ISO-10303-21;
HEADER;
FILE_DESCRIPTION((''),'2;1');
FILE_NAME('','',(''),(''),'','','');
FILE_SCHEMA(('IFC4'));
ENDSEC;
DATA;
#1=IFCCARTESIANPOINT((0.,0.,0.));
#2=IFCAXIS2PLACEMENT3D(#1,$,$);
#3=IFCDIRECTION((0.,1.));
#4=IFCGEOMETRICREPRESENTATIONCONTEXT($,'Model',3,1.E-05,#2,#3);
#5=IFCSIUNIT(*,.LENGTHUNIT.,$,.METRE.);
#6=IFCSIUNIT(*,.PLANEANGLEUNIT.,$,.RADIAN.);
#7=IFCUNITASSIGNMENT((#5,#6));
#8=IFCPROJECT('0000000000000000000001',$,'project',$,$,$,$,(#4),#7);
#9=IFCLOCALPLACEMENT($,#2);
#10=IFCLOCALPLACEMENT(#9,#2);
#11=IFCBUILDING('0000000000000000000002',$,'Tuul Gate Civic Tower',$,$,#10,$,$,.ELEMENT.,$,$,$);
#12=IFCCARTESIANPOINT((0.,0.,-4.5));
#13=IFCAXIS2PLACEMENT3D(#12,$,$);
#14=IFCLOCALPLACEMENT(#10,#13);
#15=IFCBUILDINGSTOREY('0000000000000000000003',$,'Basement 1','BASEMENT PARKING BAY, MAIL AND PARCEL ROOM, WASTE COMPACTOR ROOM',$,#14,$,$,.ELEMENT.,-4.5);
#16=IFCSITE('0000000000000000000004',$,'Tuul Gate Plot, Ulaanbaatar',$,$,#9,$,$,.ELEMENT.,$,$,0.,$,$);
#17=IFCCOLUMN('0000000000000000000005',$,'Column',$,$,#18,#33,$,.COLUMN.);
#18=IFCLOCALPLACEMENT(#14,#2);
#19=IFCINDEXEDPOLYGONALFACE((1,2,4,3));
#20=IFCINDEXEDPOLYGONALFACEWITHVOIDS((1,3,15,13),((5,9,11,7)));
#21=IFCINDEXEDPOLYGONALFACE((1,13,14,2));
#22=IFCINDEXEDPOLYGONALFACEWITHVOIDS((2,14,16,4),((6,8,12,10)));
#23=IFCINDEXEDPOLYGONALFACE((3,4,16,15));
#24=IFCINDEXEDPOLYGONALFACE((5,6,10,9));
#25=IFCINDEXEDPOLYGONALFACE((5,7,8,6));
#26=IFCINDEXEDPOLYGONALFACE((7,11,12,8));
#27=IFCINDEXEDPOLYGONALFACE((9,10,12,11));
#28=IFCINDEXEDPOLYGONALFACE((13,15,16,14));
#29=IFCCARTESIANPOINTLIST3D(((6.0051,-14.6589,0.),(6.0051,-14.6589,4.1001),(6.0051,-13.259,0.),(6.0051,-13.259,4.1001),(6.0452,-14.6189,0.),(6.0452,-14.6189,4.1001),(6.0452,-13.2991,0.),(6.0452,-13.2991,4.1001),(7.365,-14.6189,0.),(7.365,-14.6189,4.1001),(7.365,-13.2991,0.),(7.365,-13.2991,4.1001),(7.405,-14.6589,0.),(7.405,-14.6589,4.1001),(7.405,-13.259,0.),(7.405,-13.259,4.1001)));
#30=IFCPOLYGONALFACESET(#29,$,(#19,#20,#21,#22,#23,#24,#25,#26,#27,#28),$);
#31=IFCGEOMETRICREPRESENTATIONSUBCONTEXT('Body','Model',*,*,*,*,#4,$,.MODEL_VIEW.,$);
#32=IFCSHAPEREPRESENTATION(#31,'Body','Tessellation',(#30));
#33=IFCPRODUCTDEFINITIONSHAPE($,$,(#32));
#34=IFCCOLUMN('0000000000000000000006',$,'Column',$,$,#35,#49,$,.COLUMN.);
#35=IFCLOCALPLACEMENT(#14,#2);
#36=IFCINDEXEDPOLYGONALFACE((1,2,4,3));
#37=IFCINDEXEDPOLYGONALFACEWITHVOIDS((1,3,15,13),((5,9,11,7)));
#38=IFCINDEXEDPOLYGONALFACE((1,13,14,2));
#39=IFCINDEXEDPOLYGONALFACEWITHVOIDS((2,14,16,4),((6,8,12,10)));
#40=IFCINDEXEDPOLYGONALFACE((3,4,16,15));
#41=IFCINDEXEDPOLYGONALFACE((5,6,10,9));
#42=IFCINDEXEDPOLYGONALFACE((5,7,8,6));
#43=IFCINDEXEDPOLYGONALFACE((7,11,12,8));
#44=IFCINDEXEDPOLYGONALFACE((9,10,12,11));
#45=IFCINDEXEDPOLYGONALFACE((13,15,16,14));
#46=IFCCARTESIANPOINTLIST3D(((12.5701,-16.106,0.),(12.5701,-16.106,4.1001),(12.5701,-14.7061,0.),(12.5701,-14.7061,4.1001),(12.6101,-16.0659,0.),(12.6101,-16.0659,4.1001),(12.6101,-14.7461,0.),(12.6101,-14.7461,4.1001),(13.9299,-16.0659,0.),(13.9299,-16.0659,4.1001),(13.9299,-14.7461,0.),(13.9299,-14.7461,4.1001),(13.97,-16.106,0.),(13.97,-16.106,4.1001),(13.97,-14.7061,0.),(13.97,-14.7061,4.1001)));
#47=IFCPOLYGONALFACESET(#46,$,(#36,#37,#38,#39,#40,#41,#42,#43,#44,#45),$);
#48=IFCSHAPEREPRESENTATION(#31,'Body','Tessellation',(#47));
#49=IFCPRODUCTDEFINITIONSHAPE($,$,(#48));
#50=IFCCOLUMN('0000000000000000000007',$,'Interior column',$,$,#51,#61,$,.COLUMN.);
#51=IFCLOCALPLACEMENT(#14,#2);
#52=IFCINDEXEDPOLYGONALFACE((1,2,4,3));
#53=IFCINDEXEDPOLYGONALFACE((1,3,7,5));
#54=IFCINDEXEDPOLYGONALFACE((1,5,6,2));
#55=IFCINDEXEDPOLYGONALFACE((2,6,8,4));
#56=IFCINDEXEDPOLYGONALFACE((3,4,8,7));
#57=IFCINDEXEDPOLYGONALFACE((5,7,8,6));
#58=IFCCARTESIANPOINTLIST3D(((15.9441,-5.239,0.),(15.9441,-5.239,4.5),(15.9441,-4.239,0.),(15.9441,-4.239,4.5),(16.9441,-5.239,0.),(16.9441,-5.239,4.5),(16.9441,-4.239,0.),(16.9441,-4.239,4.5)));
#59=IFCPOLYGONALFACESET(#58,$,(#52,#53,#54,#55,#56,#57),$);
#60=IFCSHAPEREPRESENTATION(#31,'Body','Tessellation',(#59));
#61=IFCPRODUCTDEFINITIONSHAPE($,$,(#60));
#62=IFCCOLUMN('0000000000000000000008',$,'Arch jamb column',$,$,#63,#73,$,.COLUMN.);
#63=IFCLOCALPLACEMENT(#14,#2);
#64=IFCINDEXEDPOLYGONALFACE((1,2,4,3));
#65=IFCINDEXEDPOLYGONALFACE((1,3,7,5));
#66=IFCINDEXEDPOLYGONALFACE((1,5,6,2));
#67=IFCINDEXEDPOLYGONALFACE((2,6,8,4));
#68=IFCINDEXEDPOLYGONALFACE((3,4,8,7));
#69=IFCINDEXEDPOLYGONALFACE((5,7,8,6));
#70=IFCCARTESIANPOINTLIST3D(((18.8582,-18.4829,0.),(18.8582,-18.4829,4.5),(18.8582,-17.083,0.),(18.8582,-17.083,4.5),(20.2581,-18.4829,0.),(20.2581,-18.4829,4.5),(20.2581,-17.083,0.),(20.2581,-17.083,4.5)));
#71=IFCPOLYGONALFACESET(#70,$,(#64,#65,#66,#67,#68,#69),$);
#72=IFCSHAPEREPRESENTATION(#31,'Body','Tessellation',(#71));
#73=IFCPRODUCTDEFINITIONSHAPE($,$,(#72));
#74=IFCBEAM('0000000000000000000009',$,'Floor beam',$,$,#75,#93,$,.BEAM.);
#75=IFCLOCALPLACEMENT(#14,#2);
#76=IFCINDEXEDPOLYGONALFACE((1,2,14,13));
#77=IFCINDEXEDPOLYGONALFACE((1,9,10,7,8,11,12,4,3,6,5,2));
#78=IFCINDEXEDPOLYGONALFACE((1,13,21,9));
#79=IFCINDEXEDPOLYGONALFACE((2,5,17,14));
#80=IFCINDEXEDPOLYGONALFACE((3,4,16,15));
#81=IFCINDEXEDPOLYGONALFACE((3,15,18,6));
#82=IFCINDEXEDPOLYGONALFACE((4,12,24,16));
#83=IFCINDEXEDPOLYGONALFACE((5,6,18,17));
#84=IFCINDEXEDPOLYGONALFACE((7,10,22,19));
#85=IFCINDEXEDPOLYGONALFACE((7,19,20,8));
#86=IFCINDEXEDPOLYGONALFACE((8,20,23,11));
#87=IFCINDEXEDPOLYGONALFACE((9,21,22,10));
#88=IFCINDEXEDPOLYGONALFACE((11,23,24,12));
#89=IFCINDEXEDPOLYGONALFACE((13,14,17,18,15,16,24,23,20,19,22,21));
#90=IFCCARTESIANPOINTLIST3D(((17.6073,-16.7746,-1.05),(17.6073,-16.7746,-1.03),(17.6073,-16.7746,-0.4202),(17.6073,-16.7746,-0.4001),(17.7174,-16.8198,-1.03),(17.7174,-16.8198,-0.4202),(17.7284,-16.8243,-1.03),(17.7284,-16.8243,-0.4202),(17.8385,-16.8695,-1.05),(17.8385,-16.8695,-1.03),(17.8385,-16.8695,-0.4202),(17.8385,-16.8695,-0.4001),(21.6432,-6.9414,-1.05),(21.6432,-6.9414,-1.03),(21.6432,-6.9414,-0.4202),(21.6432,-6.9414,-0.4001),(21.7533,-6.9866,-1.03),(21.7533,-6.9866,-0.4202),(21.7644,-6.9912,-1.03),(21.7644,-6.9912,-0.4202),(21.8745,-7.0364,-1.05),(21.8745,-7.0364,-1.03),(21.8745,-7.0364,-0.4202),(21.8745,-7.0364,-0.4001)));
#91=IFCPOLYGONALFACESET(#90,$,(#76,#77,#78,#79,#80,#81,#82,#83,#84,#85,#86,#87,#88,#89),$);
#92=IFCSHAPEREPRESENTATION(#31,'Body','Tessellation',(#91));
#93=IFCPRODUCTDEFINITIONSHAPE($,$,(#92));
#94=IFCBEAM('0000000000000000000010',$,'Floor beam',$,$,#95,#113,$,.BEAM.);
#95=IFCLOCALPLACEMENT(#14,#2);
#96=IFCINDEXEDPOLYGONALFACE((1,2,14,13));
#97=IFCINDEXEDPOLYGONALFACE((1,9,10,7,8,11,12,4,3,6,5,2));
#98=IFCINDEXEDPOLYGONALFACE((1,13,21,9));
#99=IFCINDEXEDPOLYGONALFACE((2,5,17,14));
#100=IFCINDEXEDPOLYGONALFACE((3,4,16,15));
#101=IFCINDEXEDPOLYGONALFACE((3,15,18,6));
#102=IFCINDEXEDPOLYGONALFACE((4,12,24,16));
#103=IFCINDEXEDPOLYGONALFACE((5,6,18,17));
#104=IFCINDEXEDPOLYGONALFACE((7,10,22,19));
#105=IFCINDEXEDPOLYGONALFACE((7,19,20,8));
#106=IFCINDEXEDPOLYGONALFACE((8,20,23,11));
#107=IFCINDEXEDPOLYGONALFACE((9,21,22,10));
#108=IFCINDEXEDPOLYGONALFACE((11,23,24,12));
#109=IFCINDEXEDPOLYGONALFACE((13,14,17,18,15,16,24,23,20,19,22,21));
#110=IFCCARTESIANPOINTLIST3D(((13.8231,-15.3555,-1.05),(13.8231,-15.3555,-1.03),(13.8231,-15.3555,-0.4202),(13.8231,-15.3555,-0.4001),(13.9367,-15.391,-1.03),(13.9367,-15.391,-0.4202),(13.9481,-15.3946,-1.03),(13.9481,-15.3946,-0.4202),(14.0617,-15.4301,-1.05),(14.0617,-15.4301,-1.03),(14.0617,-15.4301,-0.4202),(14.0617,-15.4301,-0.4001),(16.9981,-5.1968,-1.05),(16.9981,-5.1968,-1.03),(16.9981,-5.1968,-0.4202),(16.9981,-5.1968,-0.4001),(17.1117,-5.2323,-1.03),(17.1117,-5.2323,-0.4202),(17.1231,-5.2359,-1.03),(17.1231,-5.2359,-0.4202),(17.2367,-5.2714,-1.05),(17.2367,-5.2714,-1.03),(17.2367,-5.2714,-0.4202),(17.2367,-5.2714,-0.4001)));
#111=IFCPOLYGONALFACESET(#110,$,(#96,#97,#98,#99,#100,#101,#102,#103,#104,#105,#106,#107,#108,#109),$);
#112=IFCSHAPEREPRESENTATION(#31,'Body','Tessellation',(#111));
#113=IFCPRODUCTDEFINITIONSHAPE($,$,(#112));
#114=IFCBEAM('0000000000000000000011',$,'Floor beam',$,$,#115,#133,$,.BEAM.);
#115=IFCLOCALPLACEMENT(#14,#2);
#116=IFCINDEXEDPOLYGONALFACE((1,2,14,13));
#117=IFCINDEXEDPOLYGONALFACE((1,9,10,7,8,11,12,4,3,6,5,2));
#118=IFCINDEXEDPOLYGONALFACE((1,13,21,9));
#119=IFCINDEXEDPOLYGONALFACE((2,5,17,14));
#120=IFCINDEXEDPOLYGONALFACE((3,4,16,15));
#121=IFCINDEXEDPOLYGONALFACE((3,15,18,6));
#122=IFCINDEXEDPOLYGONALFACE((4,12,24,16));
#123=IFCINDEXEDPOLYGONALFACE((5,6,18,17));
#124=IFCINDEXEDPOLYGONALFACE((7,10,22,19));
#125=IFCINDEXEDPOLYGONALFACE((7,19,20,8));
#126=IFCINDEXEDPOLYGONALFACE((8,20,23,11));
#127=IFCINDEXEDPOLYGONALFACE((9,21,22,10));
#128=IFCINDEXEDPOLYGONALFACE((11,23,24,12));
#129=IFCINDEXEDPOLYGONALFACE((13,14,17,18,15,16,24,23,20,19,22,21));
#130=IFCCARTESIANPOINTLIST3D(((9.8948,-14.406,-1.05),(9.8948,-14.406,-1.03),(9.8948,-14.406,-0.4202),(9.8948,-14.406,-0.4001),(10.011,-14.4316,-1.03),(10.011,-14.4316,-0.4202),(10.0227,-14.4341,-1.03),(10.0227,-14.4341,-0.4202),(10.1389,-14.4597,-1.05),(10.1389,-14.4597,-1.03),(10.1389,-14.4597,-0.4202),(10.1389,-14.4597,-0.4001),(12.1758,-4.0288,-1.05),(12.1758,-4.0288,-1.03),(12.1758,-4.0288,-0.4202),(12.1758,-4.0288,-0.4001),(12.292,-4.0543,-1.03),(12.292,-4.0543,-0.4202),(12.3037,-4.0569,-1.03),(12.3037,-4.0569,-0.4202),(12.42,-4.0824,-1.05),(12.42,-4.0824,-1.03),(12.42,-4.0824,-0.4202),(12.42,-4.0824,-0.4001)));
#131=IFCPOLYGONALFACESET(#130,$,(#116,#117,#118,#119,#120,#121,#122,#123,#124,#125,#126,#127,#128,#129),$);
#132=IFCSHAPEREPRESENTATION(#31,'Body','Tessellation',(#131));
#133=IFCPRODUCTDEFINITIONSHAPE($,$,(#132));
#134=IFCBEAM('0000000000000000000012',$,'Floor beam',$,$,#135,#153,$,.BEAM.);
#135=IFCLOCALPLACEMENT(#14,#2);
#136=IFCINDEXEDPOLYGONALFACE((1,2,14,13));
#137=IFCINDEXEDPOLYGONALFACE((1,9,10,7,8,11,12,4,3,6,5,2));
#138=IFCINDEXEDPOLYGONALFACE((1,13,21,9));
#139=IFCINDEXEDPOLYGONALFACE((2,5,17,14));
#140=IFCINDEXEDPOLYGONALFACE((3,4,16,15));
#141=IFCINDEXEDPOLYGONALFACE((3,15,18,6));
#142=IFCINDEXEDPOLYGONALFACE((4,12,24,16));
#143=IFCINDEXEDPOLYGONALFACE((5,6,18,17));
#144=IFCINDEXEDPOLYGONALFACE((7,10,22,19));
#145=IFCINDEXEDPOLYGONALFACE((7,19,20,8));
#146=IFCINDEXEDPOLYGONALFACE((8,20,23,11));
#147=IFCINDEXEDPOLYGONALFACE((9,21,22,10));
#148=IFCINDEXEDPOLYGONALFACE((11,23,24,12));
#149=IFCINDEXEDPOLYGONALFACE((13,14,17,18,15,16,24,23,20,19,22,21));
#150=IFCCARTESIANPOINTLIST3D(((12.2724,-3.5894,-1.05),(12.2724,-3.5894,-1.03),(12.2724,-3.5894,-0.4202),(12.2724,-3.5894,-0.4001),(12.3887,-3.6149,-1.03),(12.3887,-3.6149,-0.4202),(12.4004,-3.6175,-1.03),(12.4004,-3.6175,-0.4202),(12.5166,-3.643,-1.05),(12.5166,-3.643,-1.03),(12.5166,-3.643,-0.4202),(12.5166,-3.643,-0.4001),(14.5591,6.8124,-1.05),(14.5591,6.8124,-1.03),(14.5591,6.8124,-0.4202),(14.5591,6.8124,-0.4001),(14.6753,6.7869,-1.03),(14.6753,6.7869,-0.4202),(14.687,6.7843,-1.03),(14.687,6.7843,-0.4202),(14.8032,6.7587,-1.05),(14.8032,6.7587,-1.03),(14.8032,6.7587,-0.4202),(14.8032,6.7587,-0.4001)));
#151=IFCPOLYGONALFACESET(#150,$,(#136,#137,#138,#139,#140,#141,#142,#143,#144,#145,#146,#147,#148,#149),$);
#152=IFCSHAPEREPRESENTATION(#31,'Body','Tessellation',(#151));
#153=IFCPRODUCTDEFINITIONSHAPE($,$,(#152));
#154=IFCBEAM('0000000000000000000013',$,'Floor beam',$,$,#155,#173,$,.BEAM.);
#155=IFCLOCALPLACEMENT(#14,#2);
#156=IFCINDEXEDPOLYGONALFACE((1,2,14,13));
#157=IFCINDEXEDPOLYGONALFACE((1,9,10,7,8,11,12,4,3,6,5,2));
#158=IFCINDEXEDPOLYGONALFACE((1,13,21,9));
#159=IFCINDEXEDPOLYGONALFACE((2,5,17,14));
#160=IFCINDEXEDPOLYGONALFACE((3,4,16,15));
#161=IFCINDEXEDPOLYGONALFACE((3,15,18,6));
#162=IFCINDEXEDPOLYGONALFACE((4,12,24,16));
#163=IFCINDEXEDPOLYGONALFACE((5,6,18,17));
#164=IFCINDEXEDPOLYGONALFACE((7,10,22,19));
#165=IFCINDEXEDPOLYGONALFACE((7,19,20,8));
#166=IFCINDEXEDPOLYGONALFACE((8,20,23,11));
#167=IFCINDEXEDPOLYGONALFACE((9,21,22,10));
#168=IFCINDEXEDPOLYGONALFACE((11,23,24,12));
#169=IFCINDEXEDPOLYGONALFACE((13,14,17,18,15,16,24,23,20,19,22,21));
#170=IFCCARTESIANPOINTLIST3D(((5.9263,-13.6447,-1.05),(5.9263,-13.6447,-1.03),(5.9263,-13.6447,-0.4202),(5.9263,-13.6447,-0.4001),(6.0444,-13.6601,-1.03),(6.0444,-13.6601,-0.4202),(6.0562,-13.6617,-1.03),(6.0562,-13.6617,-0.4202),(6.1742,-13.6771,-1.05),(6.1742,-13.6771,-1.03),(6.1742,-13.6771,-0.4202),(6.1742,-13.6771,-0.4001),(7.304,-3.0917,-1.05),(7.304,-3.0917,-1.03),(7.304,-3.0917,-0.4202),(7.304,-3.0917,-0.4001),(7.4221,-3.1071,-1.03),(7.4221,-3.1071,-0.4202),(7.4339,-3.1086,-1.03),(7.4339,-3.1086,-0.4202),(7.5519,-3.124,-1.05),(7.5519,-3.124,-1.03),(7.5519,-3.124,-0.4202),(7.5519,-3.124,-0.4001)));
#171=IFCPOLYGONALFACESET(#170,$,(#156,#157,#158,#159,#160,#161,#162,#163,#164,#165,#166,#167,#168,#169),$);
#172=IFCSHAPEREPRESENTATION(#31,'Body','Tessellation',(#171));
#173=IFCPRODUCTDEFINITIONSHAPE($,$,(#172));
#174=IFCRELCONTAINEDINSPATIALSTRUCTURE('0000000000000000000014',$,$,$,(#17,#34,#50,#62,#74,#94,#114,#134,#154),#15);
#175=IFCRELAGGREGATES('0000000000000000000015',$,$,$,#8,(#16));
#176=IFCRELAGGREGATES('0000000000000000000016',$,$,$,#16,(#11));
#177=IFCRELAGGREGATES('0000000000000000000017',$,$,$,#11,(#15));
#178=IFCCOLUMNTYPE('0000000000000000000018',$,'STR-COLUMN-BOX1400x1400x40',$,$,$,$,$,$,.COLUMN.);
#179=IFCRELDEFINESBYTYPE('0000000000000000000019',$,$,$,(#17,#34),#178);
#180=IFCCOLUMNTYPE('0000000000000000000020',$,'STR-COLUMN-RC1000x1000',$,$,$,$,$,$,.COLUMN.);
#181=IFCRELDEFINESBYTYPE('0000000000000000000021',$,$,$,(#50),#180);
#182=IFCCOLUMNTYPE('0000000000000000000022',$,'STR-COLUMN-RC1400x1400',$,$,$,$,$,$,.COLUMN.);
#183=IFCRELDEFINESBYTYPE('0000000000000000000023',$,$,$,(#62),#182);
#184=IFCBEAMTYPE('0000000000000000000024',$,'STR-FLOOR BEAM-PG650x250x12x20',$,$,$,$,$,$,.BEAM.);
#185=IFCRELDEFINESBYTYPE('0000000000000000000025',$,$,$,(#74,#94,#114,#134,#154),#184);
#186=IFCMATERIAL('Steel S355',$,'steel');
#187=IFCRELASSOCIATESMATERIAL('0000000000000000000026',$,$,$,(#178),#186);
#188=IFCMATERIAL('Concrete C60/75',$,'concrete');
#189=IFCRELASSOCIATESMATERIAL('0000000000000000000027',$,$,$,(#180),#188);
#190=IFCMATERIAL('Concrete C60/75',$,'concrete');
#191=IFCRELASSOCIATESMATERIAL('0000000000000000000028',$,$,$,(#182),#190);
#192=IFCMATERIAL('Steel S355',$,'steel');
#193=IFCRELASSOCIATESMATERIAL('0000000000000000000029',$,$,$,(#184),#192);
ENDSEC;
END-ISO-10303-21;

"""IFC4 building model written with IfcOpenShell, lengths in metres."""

from ifc_helpers import new_model, si_unit, direction, frame, origin, origin_2d, place, context, subcontext, project, spatial, rectangle, hollow_rectangle, i_section, extrude, material, material_profile, profile_set, type_object, element, save


model = new_model("IFC4")

# Units and contexts
model_context = context("Model", 3, precision=1e-05, world=origin(), true_north=direction((0.0, 1.0)))
body_context = subcontext(model_context, "Body", "Model", "MODEL_VIEW")
ifc_project = project(units=[si_unit("LENGTHUNIT", "METRE"), si_unit("PLANEANGLEUNIT", "RADIAN")], contexts=[model_context])

# Site, building, storey
site_placement = place(None, origin())
site = spatial("IfcSite", under=ifc_project, at=site_placement, Name="Tuul Gate Plot, Ulaanbaatar", CompositionType="ELEMENT", RefElevation=0.0)
building_placement = place(site_placement, origin())
building = spatial("IfcBuilding", under=site, at=building_placement, Name="Tuul Gate Civic Tower", CompositionType="ELEMENT")
storey_placement = place(building_placement, frame((0.0, 0.0, -4.5)))
storey = spatial("IfcBuildingStorey", under=building, at=storey_placement, Name="Basement 1", Description="BASEMENT PARKING BAY, MAIL AND PARCEL ROOM, WASTE COMPACTOR ROOM", CompositionType="ELEMENT", Elevation=-4.5)

# Columns
ifc_material_1 = material(Name="Steel S355", Category="steel")
ifc_material_profile_1 = material_profile(ifc_material_1, hollow_rectangle(XDim=1.3999, YDim=1.3999, WallThickness=0.04, at=origin_2d()), Name="BOX1400x1400x40")
ifc_profile_set_1 = profile_set([ifc_material_profile_1], Name="Steel S355")
column_type_1 = type_object("IfcColumnType", Name="STR-COLUMN-BOX1400x1400x40", PredefinedType="COLUMN", material=ifc_profile_set_1)
for number, where, z_axis, x_axis, name in (
    (1, (6.7051, -13.959, 0.0), (0.0, 0.0, 1.0), (1.0, 0.0, 0.0), "Column"),
    (2, (13.27, -15.406, 0.0), (0.0, 0.0, 1.0), (1.0, 0.0, 0.0), "Column"),
):
    element("IfcColumn", number, at=place(storey_placement, frame(where, z_axis=z_axis, x_axis=x_axis)), inside=storey, type_object=column_type_1, Name=name, PredefinedType="COLUMN", context=body_context, shape_type="SweptSolid", body=[
        extrude(hollow_rectangle(XDim=1.3999, YDim=1.3999, WallThickness=0.04, at=origin_2d()), origin(), (0.0, 0.0, 1.0), 4.1001),
    ])
ifc_material_2 = material(Name="Concrete C60/75", Category="concrete")
ifc_material_profile_2 = material_profile(ifc_material_2, rectangle(XDim=1.0, YDim=1.0, at=origin_2d()), Name="RC1000x1000")
ifc_profile_set_2 = profile_set([ifc_material_profile_2], Name="Concrete C60/75")
column_type_2 = type_object("IfcColumnType", Name="STR-COLUMN-RC1000x1000", PredefinedType="COLUMN", material=ifc_profile_set_2)
column_1_placement = place(storey_placement, frame((16.4441, -4.739, 0.0), z_axis=(0.0, 0.0, 1.0), x_axis=(1.0, 0.0, 0.0)))
element("IfcColumn", 3, at=column_1_placement, inside=storey, type_object=column_type_2, Name="Interior column", PredefinedType="COLUMN", context=body_context, shape_type="SweptSolid", body=[
    extrude(rectangle(XDim=1.0, YDim=1.0, at=origin_2d()), origin(), (0.0, 0.0, 1.0), 4.5),
])
ifc_material_3 = material(Name="Concrete C60/75", Category="concrete")
ifc_material_profile_3 = material_profile(ifc_material_3, rectangle(XDim=1.3999, YDim=1.3999, at=origin_2d()), Name="RC1400x1400")
ifc_profile_set_3 = profile_set([ifc_material_profile_3], Name="Concrete C60/75")
column_type_3 = type_object("IfcColumnType", Name="STR-COLUMN-RC1400x1400", PredefinedType="COLUMN", material=ifc_profile_set_3)
column_2_placement = place(storey_placement, frame((19.5581, -17.783, 0.0), z_axis=(0.0, 0.0, 1.0), x_axis=(1.0, 0.0, 0.0)))
element("IfcColumn", 4, at=column_2_placement, inside=storey, type_object=column_type_3, Name="Arch jamb column", PredefinedType="COLUMN", context=body_context, shape_type="SweptSolid", body=[
    extrude(rectangle(XDim=1.3999, YDim=1.3999, at=origin_2d()), origin(), (0.0, 0.0, 1.0), 4.5),
])

# Beams
ifc_material_4 = material(Name="Steel S355", Category="steel")
ifc_material_profile_4 = material_profile(ifc_material_4, i_section(OverallWidth=0.25, OverallDepth=0.6499, WebThickness=0.012, FlangeThickness=0.02, at=origin_2d()), Name="PG650x250x12x20")
ifc_profile_set_4 = profile_set([ifc_material_profile_4], Name="Steel S355")
beam_type_1 = type_object("IfcBeamType", Name="STR-FLOOR BEAM-PG650x250x12x20", PredefinedType="BEAM", material=ifc_profile_set_4)
beam_1_placement = place(storey_placement, frame((17.7229, -16.822, -0.7251), z_axis=(0.379704, 0.925108, 0.0), x_axis=(-0.925108, 0.379704, 0.0)))
element("IfcBeam", 5, at=beam_1_placement, inside=storey, type_object=beam_type_1, Name="Floor beam", PredefinedType="BEAM", context=body_context, shape_type="SweptSolid", body=[
    extrude(i_section(OverallWidth=0.25, OverallDepth=0.6499, WebThickness=0.012, FlangeThickness=0.02, at=origin_2d()), origin(), (0.0, 0.0, 1.0), 10.6292),
])
beam_2_placement = place(storey_placement, frame((13.9424, -15.3928, -0.7251), z_axis=(0.298314, 0.954468, 0.0), x_axis=(-0.954468, 0.298314, 0.0)))
element("IfcBeam", 6, at=beam_2_placement, inside=storey, type_object=beam_type_1, Name="Floor beam", PredefinedType="BEAM", context=body_context, shape_type="SweptSolid", body=[
    extrude(i_section(OverallWidth=0.25, OverallDepth=0.6499, WebThickness=0.012, FlangeThickness=0.02, at=origin_2d()), origin(), (0.0, 0.0, 1.0), 10.6433),
])
beam_3_placement = place(storey_placement, frame((10.0168, -14.4329, -0.7251), z_axis=(0.214684, 0.976684, 0.0), x_axis=(-0.976684, 0.214684, 0.0)))
element("IfcBeam", 7, at=beam_3_placement, inside=storey, type_object=beam_type_1, Name="Floor beam", PredefinedType="BEAM", context=body_context, shape_type="SweptSolid", body=[
    extrude(i_section(OverallWidth=0.25, OverallDepth=0.6499, WebThickness=0.012, FlangeThickness=0.02, at=origin_2d()), origin(), (0.0, 0.0, 1.0), 10.625),
])
beam_4_placement = place(storey_placement, frame((12.3945, -3.6162, -0.7251), z_axis=(0.214702, 0.97668, 0.0), x_axis=(-0.97668, 0.214702, 0.0)))
element("IfcBeam", 8, at=beam_4_placement, inside=storey, type_object=beam_type_1, Name="Floor beam", PredefinedType="BEAM", context=body_context, shape_type="SweptSolid", body=[
    extrude(i_section(OverallWidth=0.25, OverallDepth=0.6499, WebThickness=0.012, FlangeThickness=0.02, at=origin_2d()), origin(), (0.0, 0.0, 1.0), 10.6501),
])
beam_5_placement = place(storey_placement, frame((6.0503, -13.6609, -0.7251), z_axis=(0.129451, 0.991586, 0.0), x_axis=(-0.991586, 0.129451, 0.0)))
element("IfcBeam", 9, at=beam_5_placement, inside=storey, type_object=beam_type_1, Name="Floor beam", PredefinedType="BEAM", context=body_context, shape_type="SweptSolid", body=[
    extrude(i_section(OverallWidth=0.25, OverallDepth=0.6499, WebThickness=0.012, FlangeThickness=0.02, at=origin_2d()), origin(), (0.0, 0.0, 1.0), 10.6426),
])

save(model, "model.ifc")
